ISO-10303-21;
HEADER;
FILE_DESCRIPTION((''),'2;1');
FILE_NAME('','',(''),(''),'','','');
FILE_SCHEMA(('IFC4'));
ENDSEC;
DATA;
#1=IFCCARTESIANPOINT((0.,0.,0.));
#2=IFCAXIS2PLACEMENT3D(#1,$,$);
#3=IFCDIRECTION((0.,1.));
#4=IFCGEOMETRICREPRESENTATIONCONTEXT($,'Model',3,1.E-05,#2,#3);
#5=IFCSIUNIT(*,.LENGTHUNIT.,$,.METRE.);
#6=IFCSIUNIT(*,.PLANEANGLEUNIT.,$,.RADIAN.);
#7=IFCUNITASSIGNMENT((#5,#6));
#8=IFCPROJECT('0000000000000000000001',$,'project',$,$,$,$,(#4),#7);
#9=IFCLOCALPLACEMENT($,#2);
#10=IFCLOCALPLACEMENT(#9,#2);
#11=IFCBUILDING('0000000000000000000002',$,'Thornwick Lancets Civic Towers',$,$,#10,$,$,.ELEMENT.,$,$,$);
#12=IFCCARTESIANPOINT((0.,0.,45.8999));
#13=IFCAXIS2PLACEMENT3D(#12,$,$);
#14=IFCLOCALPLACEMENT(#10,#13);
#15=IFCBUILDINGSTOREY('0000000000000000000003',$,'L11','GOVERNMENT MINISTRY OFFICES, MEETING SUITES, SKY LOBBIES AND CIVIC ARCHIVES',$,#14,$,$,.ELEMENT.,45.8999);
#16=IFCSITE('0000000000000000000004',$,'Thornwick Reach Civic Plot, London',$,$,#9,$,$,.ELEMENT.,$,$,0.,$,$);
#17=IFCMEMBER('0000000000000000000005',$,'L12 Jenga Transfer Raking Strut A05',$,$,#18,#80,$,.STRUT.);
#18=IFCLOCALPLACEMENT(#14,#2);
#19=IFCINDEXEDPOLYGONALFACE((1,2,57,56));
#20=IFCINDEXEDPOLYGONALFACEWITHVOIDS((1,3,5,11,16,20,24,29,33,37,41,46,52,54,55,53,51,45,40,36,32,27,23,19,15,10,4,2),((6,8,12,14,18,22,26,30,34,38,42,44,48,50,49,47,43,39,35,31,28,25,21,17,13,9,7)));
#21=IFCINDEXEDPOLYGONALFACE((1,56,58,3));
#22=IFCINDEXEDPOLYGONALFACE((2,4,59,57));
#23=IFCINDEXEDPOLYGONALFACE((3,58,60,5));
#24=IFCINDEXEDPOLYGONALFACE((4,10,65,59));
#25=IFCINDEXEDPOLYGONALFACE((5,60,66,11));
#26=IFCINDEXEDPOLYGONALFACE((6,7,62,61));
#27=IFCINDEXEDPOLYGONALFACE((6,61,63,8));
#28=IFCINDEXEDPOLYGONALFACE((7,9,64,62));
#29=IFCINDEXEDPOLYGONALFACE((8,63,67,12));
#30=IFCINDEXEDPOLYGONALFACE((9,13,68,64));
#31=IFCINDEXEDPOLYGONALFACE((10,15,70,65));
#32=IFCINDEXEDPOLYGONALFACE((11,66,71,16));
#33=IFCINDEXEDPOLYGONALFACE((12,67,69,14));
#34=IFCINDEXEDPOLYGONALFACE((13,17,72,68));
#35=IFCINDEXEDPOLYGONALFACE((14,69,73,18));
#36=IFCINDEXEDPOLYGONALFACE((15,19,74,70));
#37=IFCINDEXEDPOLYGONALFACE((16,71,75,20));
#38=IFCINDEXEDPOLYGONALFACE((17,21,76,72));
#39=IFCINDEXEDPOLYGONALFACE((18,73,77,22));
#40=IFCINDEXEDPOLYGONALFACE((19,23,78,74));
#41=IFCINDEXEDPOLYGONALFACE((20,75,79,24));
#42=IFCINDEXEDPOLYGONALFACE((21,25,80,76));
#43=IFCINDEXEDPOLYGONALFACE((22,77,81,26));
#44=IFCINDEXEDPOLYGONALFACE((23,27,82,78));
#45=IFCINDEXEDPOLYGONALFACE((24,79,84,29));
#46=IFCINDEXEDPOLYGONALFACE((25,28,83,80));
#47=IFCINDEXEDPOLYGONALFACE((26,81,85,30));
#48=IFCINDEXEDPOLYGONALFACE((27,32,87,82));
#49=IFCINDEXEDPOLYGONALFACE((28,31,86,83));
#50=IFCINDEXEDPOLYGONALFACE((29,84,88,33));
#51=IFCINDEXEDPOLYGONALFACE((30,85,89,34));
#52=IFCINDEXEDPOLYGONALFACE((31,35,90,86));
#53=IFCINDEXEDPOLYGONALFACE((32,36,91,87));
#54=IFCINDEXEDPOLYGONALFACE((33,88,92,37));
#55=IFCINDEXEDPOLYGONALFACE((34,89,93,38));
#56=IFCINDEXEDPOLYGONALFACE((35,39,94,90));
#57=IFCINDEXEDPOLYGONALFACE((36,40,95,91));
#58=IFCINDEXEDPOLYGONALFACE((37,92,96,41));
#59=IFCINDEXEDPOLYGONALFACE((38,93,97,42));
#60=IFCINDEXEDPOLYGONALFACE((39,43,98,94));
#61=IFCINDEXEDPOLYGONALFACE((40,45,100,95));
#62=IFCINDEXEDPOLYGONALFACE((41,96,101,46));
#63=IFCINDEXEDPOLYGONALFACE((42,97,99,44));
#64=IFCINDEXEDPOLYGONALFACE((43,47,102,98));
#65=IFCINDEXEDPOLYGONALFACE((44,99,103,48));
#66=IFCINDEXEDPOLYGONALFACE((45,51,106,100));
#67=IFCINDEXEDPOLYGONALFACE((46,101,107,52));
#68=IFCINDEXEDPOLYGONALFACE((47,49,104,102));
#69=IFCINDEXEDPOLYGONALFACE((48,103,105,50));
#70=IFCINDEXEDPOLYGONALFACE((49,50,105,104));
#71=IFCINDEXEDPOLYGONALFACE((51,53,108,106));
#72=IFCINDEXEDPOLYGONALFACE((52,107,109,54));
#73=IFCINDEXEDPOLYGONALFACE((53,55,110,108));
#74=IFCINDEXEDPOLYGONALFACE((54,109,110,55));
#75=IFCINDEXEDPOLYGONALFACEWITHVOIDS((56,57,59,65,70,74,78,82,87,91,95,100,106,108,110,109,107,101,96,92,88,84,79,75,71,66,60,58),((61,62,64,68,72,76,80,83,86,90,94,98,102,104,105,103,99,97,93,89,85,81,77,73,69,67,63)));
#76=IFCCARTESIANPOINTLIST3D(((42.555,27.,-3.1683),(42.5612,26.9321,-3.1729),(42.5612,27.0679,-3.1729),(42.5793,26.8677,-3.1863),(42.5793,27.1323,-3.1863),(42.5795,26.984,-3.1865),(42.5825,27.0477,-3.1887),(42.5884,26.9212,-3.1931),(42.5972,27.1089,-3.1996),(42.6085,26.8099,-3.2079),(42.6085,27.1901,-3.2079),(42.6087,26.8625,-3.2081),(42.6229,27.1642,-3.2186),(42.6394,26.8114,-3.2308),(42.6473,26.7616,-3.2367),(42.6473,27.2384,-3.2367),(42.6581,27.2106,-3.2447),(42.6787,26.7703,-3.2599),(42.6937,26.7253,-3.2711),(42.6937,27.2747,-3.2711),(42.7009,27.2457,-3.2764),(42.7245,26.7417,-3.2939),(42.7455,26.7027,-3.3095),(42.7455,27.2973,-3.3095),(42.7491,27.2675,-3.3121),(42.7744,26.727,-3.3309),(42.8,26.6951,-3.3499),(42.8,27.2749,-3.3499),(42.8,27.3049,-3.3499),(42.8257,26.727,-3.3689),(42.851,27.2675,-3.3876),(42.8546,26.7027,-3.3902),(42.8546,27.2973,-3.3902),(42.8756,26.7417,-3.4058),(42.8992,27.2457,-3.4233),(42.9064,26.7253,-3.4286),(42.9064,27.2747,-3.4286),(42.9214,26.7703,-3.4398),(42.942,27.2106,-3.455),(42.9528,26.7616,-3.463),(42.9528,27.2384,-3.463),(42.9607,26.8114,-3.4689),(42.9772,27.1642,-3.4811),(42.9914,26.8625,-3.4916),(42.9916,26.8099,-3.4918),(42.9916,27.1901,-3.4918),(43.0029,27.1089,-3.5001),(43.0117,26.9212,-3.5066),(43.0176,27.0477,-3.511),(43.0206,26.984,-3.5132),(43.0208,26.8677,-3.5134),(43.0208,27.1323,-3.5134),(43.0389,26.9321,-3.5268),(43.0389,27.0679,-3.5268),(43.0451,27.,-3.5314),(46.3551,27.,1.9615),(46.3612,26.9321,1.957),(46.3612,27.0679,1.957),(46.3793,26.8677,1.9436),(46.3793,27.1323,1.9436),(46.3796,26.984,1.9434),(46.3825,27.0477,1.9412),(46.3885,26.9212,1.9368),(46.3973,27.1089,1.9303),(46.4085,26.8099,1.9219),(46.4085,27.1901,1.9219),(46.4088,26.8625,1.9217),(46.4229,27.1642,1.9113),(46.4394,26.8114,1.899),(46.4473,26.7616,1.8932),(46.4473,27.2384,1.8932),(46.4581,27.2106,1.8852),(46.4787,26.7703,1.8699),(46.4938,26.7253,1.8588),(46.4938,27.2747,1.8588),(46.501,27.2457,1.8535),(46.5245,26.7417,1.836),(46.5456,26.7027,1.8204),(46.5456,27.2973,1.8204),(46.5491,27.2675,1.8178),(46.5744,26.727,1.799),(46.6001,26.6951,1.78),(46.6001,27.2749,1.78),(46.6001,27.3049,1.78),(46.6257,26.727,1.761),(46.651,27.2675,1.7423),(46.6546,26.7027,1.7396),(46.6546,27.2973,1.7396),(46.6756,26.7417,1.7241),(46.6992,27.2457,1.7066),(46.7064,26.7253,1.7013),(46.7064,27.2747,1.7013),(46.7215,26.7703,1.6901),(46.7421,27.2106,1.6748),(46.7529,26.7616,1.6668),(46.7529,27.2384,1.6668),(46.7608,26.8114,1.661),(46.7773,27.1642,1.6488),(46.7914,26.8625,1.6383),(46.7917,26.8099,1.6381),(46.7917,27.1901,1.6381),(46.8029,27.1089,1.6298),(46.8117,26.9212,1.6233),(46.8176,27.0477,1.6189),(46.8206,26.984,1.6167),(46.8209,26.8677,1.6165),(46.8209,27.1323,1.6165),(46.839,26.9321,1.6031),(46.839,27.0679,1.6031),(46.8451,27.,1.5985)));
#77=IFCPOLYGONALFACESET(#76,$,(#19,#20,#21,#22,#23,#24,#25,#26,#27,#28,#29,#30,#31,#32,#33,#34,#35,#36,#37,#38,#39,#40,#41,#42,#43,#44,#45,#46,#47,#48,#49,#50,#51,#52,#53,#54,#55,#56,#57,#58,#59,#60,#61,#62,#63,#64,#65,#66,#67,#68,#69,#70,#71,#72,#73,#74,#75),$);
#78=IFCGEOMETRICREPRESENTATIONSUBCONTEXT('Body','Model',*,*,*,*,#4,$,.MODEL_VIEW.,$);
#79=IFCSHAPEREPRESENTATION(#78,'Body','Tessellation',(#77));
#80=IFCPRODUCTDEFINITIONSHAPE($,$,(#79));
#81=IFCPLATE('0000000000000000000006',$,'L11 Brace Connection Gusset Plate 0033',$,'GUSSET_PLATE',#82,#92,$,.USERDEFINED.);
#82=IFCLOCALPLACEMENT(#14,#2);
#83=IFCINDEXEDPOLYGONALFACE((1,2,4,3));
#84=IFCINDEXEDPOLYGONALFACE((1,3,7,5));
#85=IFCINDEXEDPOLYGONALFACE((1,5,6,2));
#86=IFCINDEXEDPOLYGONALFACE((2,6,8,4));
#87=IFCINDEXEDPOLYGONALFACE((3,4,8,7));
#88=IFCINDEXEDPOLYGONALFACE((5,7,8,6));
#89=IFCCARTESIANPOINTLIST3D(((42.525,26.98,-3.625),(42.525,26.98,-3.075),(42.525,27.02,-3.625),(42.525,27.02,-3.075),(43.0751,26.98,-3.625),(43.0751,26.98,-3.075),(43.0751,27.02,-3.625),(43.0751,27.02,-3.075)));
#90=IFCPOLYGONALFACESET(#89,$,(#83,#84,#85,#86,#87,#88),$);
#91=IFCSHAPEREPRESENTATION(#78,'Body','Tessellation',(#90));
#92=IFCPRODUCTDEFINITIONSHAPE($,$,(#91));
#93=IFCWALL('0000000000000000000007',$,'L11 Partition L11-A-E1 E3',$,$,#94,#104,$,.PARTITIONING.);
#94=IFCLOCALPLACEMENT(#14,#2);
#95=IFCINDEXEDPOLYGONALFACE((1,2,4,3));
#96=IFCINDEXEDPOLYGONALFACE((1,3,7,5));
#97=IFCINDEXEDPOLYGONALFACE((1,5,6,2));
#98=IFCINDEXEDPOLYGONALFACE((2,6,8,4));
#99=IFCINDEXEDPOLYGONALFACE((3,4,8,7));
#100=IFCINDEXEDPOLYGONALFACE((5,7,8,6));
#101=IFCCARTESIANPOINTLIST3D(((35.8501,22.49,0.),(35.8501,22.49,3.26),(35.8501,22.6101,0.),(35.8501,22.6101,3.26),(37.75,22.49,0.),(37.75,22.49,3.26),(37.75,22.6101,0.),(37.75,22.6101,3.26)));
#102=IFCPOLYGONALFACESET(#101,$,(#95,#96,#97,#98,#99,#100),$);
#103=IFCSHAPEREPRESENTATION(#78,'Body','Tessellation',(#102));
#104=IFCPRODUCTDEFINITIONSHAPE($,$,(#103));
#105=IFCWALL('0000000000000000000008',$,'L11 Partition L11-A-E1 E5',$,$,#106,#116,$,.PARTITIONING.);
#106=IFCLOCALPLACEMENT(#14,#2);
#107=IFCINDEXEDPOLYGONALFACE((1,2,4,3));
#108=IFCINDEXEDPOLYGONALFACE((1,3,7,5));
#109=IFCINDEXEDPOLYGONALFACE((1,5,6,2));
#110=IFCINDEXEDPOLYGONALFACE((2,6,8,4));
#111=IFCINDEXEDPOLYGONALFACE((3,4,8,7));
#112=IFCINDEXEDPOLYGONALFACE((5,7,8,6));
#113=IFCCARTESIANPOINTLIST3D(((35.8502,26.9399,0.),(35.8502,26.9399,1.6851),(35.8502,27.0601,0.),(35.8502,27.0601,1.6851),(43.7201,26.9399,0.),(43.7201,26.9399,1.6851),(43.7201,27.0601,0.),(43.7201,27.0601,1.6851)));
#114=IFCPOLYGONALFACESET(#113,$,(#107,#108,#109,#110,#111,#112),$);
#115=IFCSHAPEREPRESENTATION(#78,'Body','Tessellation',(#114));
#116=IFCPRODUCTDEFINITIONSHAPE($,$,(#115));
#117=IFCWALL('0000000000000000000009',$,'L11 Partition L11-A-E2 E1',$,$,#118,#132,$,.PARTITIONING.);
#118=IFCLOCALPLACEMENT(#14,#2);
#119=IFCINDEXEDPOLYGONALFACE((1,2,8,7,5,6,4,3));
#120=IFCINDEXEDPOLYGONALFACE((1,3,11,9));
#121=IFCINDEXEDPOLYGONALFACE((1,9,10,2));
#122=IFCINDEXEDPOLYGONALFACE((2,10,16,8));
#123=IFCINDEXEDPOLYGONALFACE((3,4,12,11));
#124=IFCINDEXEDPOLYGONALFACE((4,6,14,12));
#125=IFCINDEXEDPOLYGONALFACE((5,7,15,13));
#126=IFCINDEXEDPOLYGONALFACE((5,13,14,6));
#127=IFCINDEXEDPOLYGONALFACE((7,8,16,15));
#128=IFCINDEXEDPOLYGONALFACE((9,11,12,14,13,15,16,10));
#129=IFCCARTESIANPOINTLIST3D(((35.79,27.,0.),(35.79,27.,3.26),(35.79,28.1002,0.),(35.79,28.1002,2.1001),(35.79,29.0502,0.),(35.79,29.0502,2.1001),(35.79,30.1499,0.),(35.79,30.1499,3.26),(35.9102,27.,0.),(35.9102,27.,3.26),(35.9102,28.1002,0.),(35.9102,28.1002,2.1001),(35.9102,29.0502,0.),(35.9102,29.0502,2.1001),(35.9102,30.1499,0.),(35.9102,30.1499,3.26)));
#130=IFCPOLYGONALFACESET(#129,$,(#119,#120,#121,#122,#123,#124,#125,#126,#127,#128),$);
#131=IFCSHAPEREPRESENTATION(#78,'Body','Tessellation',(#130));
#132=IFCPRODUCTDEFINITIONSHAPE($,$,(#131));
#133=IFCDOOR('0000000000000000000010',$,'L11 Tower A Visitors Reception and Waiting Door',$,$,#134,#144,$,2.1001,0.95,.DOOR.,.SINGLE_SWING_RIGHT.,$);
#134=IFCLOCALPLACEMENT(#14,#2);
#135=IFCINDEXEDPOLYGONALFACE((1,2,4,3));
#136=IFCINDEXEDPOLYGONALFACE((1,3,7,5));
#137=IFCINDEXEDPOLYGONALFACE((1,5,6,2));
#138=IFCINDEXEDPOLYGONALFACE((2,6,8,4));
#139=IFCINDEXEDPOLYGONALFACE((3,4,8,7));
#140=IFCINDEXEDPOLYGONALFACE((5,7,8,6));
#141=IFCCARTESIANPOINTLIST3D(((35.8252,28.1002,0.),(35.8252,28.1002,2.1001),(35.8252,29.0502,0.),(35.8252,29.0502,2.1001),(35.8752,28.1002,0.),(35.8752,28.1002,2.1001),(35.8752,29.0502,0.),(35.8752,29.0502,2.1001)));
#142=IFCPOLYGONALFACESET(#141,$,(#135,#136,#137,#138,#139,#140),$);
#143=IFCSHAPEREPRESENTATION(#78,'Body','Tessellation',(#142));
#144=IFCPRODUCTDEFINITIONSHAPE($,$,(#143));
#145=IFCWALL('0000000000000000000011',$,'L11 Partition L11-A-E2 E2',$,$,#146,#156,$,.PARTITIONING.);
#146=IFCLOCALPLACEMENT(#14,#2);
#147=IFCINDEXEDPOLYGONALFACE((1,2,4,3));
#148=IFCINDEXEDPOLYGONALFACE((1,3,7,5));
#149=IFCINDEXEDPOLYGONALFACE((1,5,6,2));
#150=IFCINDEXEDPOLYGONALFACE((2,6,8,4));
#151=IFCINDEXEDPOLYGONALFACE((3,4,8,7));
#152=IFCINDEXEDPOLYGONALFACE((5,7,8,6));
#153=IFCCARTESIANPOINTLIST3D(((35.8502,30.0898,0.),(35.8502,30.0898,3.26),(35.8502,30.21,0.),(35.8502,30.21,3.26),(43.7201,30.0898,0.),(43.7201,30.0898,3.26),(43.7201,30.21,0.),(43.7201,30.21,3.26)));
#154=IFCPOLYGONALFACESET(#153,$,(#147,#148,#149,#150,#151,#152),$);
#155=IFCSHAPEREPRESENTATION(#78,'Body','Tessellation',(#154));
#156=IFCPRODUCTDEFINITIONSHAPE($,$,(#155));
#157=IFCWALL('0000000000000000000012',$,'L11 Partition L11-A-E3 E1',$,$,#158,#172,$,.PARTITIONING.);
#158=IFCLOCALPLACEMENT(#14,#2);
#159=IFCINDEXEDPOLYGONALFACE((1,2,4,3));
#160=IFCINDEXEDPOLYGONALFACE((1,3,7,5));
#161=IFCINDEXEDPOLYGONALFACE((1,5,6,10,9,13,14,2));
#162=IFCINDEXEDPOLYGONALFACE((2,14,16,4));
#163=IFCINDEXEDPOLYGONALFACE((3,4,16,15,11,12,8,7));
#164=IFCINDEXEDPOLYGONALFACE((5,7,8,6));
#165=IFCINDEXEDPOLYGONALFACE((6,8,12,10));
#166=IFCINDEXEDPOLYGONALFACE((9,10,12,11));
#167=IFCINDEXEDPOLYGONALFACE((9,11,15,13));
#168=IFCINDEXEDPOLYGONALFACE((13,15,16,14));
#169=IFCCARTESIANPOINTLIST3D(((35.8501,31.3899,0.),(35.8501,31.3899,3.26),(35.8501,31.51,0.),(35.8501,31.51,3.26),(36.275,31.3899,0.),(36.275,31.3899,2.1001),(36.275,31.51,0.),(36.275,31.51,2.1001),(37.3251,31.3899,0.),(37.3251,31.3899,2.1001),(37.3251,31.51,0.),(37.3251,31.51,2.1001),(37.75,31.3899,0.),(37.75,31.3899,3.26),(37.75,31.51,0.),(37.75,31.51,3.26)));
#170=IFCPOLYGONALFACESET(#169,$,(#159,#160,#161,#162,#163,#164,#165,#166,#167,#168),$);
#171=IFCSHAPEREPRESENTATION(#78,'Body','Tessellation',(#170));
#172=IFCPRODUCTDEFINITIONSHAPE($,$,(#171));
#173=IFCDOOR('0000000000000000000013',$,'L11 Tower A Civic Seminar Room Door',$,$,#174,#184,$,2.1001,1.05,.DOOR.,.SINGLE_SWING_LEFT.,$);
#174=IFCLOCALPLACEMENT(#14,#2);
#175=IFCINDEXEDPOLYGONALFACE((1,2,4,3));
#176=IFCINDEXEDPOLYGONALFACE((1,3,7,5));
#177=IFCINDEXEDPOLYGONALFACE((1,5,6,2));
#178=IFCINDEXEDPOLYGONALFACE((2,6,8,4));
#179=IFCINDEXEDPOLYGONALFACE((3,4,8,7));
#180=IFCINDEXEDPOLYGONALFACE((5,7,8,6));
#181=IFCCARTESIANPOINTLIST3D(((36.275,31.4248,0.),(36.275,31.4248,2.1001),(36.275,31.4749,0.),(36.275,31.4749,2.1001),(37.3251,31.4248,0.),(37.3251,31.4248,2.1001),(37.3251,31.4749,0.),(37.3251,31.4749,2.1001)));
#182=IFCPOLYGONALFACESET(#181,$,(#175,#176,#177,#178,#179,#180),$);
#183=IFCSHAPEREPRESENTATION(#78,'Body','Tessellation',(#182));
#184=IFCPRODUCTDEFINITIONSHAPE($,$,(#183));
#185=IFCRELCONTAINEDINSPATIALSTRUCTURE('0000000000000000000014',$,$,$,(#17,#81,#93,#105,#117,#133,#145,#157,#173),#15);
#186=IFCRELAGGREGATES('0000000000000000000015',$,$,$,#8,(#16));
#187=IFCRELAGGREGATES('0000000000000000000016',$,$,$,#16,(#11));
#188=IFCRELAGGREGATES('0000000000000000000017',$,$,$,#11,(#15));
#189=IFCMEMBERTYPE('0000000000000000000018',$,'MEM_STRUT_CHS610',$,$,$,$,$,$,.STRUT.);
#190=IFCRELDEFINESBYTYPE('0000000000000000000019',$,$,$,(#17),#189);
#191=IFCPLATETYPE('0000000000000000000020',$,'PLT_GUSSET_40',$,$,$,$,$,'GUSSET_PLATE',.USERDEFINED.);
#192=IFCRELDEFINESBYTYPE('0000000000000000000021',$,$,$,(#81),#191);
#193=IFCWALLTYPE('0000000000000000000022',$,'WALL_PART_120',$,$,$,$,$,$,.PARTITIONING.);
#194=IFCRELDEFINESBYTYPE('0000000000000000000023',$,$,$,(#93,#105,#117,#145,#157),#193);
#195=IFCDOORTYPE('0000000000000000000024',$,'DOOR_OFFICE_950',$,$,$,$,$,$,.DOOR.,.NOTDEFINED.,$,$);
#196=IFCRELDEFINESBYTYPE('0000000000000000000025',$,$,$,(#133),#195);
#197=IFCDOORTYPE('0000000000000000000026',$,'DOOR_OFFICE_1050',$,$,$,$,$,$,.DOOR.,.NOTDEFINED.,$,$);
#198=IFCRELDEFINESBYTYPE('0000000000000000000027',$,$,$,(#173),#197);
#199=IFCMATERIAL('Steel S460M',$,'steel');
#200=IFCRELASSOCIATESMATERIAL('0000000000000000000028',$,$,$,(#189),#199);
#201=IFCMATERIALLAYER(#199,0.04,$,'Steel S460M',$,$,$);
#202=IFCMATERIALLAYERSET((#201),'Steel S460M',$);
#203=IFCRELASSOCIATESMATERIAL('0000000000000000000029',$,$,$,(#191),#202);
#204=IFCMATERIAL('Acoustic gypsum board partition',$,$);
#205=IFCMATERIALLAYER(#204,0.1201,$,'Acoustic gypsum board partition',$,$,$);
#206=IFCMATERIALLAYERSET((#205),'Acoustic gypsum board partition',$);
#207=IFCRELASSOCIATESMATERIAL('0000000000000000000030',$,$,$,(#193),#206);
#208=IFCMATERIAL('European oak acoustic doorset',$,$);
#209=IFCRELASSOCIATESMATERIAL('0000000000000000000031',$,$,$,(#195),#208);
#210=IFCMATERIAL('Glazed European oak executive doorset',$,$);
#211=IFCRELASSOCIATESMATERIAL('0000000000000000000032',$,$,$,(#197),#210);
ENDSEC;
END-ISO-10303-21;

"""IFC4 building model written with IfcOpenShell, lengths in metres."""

from ifc_helpers import new_model, si_unit, direction, frame, frame_2d, origin, origin_2d, place, context, subcontext, project, spatial, rectangle, hollow_circle, extrude, material, layer, layer_set, material_profile, profile_set, type_object, element, fill, save


model = new_model("IFC4")

# Units and contexts
model_context = context("Model", 3, precision=1e-05, world=origin(), true_north=direction((0.0, 1.0)))
body_context = subcontext(model_context, "Body", "Model", "MODEL_VIEW")
ifc_project = project(units=[si_unit("LENGTHUNIT", "METRE"), si_unit("PLANEANGLEUNIT", "RADIAN")], contexts=[model_context])

# Site, building, storey
site_placement = place(None, origin())
site = spatial("IfcSite", under=ifc_project, at=site_placement, Name="Thornwick Reach Civic Plot, London", CompositionType="ELEMENT", RefElevation=0.0)
building_placement = place(site_placement, origin())
building = spatial("IfcBuilding", under=site, at=building_placement, Name="Thornwick Lancets Civic Towers", CompositionType="ELEMENT")
storey_placement = place(building_placement, frame((0.0, 0.0, 45.8999)))
storey = spatial("IfcBuildingStorey", under=building, at=storey_placement, Name="L11", Description="GOVERNMENT MINISTRY OFFICES, MEETING SUITES, SKY LOBBIES AND CIVIC ARCHIVES", CompositionType="ELEMENT", Elevation=45.8999)

# Member
ifc_material_1 = material(Name="Steel S460M", Category="steel")
ifc_material_profile_1 = material_profile(ifc_material_1, hollow_circle(Radius=0.3049, WallThickness=0.03, at=origin_2d()), Name="CHS 610x30")
ifc_profile_set_1 = profile_set([ifc_material_profile_1], Name="Steel S460M")
member_type = type_object("IfcMemberType", Name="MEM_STRUT_CHS610", PredefinedType="STRUT", material=ifc_profile_set_1)
member_placement = place(storey_placement, frame((42.8, 27.0, -3.3499), z_axis=(0.595241, 0.0, 0.803547), x_axis=(0.0, 1.0, 0.0)))
element("IfcMember", 1, at=member_placement, inside=storey, type_object=member_type, Name="L12 Jenga Transfer Raking Strut A05", PredefinedType="STRUT", context=body_context, shape_type="SweptSolid", body=[
    extrude(hollow_circle(Radius=0.3049, WallThickness=0.03, at=origin_2d()), origin(), (0.0, 0.0, 1.0), 6.384),
])

# Plate
ifc_layer_1 = layer(ifc_material_1, 0.04, Name="Steel S460M")
ifc_layer_set_1 = layer_set([ifc_layer_1], Name="Steel S460M")
plate_type = type_object("IfcPlateType", Name="PLT_GUSSET_40", ElementType="GUSSET_PLATE", PredefinedType="USERDEFINED", material=ifc_layer_set_1)
plate_placement = place(storey_placement, frame((42.8, 27.0, -3.625), z_axis=(0.0, 0.0, 1.0), x_axis=(1.0, 0.0, 0.0)))
element("IfcPlate", 2, at=plate_placement, inside=storey, type_object=plate_type, Name="L11 Brace Connection Gusset Plate 0033", ObjectType="GUSSET_PLATE", PredefinedType="USERDEFINED", context=body_context, shape_type="SweptSolid", body=[
    extrude(rectangle(XDim=0.55, YDim=0.04, at=origin_2d()), origin(), (0.0, 0.0, 1.0), 0.55),
])

# Walls
ifc_material_2 = material(Name="Acoustic gypsum board partition")
ifc_layer_2 = layer(ifc_material_2, 0.1201, Name="Acoustic gypsum board partition")
ifc_layer_set_2 = layer_set([ifc_layer_2], Name="Acoustic gypsum board partition")
wall_type = type_object("IfcWallType", Name="WALL_PART_120", PredefinedType="PARTITIONING", material=ifc_layer_set_2)
wall_1_placement = place(storey_placement, frame((37.75, 22.55, 0.0), z_axis=(0.0, 0.0, 1.0), x_axis=(-1.0, 0.0, 0.0)))
element("IfcWall", 3, at=wall_1_placement, inside=storey, type_object=wall_type, Name="L11 Partition L11-A-E1 E3", PredefinedType="PARTITIONING", context=body_context, shape_type="SweptSolid", body=[
    extrude(rectangle(XDim=1.8999, YDim=0.1201, at=frame_2d((0.95, 0.0))), origin(), (0.0, 0.0, 1.0), 3.26),
])
wall_2_placement = place(storey_placement, frame((35.8501, 27.0, 0.0), z_axis=(0.0, 0.0, 1.0), x_axis=(1.0, 0.0, 0.0)))
element("IfcWall", 4, at=wall_2_placement, inside=storey, type_object=wall_type, Name="L11 Partition L11-A-E1 E5", PredefinedType="PARTITIONING", context=body_context, shape_type="SweptSolid", body=[
    extrude(rectangle(XDim=7.8699, YDim=0.1201, at=frame_2d((3.9351, 0.0))), origin(), (0.0, 0.0, 1.0), 1.6851),
])

# Wall, opening, door
wall_3_placement = place(storey_placement, frame((35.8501, 27.0, 0.0), z_axis=(0.0, 0.0, 1.0), x_axis=(0.0, 1.0, 0.0)))
wall_3 = element("IfcWall", 5, at=wall_3_placement, inside=storey, type_object=wall_type, Name="L11 Partition L11-A-E2 E1", PredefinedType="PARTITIONING", context=body_context, shape_type="SweptSolid", body=[
    extrude(rectangle(XDim=3.1499, YDim=0.1201, at=frame_2d((1.575, 0.0))), origin(), (0.0, 0.0, 1.0), 3.26),
])
opening_1_placement = place(wall_3_placement, frame((1.1001, 0.0, 0.0)))
opening_1 = element("IfcOpeningElement", 6, at=opening_1_placement, cuts=wall_3, PredefinedType="OPENING", context=body_context, shape_type="SweptSolid", body=[
    extrude(rectangle(XDim=0.95, YDim=2.1001, at=frame_2d((0.4751, 1.05))), frame((0.0, 0.0701, 0.0), z_axis=(0.0, -1.0, 0.0), x_axis=(1.0, 0.0, 0.0)), (0.0, 0.0, 1.0), 0.1401),
])
ifc_material_3 = material(Name="European oak acoustic doorset")
door_type_1 = type_object("IfcDoorType", Name="DOOR_OFFICE_950", OperationType="NOTDEFINED", PredefinedType="DOOR", material=ifc_material_3)
door_1_placement = place(opening_1_placement, origin())
door_1 = element("IfcDoor", 7, at=door_1_placement, inside=storey, type_object=door_type_1, Name="L11 Tower A Visitors Reception and Waiting Door", OperationType="SINGLE_SWING_RIGHT", OverallHeight=2.1001, OverallWidth=0.95, PredefinedType="DOOR", context=body_context, shape_type="SweptSolid", body=[
    extrude(rectangle(XDim=0.95, YDim=2.1001, at=frame_2d((0.4751, 1.05))), frame((0.0, 0.0249, 0.0), z_axis=(0.0, -1.0, 0.0), x_axis=(1.0, 0.0, 0.0)), (0.0, 0.0, 1.0), 0.05),
])
fill(opening_1, door_1)

# Wall
wall_4_placement = place(storey_placement, frame((35.8501, 30.1499, 0.0), z_axis=(0.0, 0.0, 1.0), x_axis=(1.0, 0.0, 0.0)))
element("IfcWall", 8, at=wall_4_placement, inside=storey, type_object=wall_type, Name="L11 Partition L11-A-E2 E2", PredefinedType="PARTITIONING", context=body_context, shape_type="SweptSolid", body=[
    extrude(rectangle(XDim=7.8699, YDim=0.1201, at=frame_2d((3.9351, 0.0))), origin(), (0.0, 0.0, 1.0), 3.26),
])

# Wall, opening, door
wall_5_placement = place(storey_placement, frame((35.8501, 31.45, 0.0), z_axis=(0.0, 0.0, 1.0), x_axis=(1.0, 0.0, 0.0)))
wall_5 = element("IfcWall", 9, at=wall_5_placement, inside=storey, type_object=wall_type, Name="L11 Partition L11-A-E3 E1", PredefinedType="PARTITIONING", context=body_context, shape_type="SweptSolid", body=[
    extrude(rectangle(XDim=1.8999, YDim=0.1201, at=frame_2d((0.95, 0.0))), origin(), (0.0, 0.0, 1.0), 3.26),
])
opening_2_placement = place(wall_5_placement, frame((0.425, 0.0, 0.0)))
opening_2 = element("IfcOpeningElement", 10, at=opening_2_placement, cuts=wall_5, PredefinedType="OPENING", context=body_context, shape_type="SweptSolid", body=[
    extrude(rectangle(XDim=1.05, YDim=2.1001, at=frame_2d((0.5249, 1.05))), frame((0.0, 0.0701, 0.0), z_axis=(0.0, -1.0, 0.0), x_axis=(1.0, 0.0, 0.0)), (0.0, 0.0, 1.0), 0.1401),
])
ifc_material_4 = material(Name="Glazed European oak executive doorset")
door_type_2 = type_object("IfcDoorType", Name="DOOR_OFFICE_1050", OperationType="NOTDEFINED", PredefinedType="DOOR", material=ifc_material_4)
door_2_placement = place(opening_2_placement, origin())
door_2 = element("IfcDoor", 11, at=door_2_placement, inside=storey, type_object=door_type_2, Name="L11 Tower A Civic Seminar Room Door", OperationType="SINGLE_SWING_LEFT", OverallHeight=2.1001, OverallWidth=1.05, PredefinedType="DOOR", context=body_context, shape_type="SweptSolid", body=[
    extrude(rectangle(XDim=1.05, YDim=2.1001, at=frame_2d((0.5249, 1.05))), frame((0.0, 0.0249, 0.0), z_axis=(0.0, -1.0, 0.0), x_axis=(1.0, 0.0, 0.0)), (0.0, 0.0, 1.0), 0.05),
])
fill(opening_2, door_2)

save(model, "model.ifc")
